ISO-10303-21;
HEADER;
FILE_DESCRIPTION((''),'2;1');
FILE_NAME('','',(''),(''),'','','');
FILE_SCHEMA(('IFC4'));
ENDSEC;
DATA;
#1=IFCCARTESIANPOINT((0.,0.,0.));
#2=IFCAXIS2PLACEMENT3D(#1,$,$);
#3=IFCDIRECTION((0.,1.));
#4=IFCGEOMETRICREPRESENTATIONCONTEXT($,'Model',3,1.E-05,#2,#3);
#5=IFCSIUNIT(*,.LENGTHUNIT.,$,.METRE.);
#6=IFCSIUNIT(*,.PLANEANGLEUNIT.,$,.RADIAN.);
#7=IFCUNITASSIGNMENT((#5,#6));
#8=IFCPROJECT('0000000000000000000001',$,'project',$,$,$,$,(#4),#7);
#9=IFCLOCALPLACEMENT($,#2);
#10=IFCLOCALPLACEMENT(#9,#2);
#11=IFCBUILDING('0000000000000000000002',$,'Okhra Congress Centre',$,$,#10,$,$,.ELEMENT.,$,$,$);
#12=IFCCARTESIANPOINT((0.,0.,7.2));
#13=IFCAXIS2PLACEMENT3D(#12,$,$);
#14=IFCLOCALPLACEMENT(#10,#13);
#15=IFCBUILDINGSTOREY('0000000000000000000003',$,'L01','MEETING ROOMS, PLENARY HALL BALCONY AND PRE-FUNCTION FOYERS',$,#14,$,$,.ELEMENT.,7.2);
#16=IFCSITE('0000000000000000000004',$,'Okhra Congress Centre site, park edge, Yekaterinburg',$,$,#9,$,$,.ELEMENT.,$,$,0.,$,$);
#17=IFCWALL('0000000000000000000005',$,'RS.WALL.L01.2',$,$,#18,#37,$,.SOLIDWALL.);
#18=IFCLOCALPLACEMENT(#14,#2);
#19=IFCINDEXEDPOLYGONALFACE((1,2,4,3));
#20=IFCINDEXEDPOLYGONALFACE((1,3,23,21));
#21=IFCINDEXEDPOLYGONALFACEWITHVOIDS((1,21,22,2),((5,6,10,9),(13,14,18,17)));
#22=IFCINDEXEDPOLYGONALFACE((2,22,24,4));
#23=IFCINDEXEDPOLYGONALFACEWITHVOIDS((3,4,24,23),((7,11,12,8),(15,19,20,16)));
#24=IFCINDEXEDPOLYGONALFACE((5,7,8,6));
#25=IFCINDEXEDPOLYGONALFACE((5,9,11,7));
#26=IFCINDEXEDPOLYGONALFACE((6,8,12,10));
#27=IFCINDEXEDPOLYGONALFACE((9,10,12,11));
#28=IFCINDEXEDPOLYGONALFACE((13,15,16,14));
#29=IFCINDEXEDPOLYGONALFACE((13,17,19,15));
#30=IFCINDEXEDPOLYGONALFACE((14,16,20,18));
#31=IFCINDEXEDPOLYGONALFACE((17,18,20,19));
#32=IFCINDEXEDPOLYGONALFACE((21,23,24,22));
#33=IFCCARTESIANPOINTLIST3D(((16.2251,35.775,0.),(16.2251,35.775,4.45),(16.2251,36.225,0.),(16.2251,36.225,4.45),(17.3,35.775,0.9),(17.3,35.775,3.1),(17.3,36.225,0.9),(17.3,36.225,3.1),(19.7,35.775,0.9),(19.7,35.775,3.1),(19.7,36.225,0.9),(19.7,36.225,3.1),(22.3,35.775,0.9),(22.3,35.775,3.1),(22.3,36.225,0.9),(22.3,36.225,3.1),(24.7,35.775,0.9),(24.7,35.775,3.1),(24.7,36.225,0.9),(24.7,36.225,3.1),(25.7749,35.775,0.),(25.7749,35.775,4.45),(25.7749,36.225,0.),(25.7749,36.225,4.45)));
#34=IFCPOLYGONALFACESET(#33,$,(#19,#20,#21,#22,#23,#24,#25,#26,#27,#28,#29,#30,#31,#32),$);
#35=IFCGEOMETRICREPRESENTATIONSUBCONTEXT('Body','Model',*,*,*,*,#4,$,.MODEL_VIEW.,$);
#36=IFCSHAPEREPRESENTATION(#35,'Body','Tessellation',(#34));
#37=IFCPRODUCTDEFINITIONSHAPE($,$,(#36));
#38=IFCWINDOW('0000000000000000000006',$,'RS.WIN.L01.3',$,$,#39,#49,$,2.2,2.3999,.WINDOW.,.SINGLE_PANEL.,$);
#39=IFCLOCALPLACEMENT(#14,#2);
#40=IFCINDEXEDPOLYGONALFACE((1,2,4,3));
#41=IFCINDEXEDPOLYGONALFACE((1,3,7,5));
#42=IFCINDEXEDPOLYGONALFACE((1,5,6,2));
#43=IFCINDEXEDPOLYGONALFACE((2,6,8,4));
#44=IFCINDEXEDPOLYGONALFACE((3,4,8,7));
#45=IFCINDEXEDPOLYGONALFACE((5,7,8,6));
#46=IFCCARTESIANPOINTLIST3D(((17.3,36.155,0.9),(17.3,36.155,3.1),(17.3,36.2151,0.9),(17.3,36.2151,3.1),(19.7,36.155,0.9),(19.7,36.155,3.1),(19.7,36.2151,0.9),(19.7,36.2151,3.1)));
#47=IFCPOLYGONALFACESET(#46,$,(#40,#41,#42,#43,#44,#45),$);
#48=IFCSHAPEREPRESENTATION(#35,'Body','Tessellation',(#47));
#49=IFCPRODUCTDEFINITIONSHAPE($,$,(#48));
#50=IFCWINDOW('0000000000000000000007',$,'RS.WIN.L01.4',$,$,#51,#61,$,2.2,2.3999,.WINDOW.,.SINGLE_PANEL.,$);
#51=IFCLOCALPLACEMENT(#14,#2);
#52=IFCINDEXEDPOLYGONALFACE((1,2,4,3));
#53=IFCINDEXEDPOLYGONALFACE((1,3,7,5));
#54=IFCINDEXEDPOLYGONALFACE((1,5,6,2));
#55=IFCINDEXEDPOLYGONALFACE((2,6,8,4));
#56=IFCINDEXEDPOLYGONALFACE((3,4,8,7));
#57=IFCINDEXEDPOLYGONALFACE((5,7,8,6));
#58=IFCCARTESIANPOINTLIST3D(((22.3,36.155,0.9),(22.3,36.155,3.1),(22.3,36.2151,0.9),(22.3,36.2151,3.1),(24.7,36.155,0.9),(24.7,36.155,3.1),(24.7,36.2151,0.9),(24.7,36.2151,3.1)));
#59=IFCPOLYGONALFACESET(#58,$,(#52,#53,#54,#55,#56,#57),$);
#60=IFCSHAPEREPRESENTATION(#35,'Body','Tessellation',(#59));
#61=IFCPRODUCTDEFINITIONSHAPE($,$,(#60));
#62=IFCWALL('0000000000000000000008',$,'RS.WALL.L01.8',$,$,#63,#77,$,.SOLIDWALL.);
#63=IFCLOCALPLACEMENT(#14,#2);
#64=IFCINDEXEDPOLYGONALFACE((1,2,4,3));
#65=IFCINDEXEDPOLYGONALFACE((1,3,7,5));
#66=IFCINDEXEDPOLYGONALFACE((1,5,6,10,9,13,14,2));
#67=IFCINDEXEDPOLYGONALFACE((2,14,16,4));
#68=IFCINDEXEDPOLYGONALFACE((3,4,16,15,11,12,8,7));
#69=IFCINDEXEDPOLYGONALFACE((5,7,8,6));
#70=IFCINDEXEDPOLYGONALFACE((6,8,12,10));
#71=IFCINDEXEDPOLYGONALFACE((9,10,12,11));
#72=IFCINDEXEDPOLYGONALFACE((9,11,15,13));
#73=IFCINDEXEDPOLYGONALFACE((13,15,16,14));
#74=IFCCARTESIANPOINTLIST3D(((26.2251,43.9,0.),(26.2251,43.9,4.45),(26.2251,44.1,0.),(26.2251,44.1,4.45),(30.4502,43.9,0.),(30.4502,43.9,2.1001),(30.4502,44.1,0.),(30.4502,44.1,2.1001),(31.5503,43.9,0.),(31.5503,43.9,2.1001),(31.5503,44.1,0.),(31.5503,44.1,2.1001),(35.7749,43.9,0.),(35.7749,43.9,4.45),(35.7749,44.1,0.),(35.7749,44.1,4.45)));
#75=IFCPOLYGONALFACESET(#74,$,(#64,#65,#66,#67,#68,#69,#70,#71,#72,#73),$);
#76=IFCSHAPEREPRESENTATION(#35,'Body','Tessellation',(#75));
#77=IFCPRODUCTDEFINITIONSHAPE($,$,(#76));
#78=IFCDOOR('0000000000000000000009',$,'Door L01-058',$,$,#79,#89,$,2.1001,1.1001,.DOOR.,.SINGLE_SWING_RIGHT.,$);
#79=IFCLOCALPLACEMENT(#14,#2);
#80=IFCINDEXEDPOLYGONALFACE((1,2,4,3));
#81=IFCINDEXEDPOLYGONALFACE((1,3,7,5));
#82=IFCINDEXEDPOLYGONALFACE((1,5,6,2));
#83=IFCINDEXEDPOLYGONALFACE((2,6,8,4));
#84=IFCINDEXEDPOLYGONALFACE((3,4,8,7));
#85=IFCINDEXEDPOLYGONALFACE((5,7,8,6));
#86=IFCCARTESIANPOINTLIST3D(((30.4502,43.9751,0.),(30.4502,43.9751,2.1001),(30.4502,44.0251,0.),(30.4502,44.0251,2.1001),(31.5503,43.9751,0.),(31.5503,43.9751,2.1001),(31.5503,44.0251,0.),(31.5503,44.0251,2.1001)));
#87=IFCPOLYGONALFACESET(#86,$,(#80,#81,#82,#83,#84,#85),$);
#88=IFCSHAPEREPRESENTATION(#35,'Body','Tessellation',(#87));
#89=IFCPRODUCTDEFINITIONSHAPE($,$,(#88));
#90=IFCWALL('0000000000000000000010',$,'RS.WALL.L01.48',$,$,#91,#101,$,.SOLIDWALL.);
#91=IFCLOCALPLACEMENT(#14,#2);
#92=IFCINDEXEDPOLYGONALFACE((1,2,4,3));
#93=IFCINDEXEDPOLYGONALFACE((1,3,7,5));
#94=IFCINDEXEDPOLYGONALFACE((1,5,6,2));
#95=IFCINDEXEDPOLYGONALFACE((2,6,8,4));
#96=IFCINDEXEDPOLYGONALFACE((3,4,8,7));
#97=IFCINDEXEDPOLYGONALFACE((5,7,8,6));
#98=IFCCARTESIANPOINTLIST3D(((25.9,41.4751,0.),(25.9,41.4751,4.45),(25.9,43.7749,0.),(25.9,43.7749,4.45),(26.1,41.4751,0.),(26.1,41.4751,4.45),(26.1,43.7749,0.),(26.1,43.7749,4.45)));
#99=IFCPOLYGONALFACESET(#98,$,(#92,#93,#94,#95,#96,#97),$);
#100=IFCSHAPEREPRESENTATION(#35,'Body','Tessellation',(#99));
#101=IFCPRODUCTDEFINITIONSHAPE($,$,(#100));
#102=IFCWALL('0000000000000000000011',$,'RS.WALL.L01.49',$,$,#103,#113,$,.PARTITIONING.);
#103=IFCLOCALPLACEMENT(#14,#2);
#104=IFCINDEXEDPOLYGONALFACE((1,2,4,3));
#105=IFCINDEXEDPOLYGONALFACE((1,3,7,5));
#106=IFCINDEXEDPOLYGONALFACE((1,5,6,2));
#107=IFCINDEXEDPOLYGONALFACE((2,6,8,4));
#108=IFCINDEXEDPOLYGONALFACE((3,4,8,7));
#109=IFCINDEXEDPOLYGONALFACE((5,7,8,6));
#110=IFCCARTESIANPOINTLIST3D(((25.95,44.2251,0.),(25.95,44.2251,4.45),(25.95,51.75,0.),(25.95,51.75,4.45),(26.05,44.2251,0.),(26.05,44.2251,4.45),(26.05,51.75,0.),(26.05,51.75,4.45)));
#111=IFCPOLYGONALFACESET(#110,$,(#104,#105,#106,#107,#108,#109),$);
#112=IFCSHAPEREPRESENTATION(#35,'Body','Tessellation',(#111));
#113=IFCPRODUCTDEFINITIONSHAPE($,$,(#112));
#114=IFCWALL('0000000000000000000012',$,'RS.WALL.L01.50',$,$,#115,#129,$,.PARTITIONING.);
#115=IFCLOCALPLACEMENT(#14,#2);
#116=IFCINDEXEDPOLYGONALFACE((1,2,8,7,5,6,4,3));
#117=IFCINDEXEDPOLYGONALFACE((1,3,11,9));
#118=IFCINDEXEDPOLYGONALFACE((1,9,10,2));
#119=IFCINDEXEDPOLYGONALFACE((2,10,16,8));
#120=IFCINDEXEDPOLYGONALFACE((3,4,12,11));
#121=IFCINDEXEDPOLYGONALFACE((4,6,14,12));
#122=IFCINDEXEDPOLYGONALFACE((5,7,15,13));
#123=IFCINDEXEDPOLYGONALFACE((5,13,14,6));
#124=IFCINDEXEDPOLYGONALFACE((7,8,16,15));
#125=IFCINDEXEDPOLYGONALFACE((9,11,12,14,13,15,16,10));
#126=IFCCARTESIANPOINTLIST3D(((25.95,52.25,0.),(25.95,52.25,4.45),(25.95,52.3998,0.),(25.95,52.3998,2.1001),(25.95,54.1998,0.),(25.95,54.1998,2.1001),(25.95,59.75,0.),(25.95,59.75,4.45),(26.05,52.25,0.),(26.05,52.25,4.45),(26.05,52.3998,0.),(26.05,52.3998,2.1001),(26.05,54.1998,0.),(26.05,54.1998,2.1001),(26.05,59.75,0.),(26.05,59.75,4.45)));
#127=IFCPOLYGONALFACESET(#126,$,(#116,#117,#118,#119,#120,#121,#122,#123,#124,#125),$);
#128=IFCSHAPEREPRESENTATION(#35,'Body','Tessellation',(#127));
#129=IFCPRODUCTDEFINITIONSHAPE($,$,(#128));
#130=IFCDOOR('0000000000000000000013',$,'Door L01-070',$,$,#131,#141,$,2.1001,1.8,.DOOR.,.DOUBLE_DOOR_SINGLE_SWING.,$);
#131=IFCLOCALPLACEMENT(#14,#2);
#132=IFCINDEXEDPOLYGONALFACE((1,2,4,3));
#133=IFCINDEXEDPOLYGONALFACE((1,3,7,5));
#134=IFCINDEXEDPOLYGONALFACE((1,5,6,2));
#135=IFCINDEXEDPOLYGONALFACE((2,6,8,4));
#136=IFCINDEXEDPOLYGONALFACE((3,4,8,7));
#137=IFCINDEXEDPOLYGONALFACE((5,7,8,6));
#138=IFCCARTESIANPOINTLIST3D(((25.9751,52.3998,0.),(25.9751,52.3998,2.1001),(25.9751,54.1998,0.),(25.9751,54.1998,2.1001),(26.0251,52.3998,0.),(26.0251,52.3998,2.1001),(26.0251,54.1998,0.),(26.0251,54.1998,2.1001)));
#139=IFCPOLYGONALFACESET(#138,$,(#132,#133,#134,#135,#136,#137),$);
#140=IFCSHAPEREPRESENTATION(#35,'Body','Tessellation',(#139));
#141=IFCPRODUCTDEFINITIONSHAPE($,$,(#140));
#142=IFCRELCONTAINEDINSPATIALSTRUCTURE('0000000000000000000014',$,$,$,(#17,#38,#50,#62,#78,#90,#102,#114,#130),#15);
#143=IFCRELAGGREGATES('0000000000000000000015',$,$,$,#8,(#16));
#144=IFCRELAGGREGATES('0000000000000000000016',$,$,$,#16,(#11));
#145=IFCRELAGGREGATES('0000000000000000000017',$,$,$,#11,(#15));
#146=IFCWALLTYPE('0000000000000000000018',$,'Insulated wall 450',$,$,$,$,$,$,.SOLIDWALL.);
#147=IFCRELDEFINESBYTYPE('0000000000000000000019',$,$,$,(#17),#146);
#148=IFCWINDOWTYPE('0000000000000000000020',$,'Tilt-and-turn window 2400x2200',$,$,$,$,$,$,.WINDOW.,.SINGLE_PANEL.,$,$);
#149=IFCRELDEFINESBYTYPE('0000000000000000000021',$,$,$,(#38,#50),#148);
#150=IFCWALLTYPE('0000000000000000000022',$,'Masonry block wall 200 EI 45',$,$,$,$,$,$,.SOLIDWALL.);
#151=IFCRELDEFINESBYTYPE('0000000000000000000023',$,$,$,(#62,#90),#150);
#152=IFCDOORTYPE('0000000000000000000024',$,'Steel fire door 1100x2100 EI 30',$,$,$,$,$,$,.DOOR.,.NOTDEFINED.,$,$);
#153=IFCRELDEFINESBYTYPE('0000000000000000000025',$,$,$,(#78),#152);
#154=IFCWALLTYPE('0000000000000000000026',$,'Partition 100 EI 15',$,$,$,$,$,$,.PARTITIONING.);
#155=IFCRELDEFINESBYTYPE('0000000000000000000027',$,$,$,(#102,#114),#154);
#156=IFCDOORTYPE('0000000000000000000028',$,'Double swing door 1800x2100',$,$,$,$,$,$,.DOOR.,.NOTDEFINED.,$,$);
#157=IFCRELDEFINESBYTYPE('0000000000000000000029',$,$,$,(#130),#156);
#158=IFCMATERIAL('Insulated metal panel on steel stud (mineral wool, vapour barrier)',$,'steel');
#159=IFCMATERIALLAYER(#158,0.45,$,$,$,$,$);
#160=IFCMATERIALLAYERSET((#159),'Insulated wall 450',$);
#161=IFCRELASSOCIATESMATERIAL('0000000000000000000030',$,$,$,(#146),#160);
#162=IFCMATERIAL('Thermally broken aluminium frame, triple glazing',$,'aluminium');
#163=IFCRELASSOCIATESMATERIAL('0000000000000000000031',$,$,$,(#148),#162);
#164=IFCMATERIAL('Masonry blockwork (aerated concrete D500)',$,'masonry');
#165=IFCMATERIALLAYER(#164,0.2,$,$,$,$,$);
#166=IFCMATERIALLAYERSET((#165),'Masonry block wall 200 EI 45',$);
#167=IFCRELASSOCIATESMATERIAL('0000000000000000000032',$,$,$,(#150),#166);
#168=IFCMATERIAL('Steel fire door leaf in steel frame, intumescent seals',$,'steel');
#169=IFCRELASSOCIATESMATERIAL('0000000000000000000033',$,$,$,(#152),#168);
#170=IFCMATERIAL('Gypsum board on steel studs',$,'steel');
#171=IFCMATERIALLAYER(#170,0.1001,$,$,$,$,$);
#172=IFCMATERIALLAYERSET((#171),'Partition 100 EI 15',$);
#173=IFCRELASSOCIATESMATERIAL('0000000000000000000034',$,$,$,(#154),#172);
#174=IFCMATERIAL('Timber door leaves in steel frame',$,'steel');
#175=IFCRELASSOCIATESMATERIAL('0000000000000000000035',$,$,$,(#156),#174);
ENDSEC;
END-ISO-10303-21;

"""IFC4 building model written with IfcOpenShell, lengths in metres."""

from ifc_helpers import new_model, si_unit, direction, frame, frame_2d, origin, place, context, subcontext, project, spatial, rectangle, extrude, material, layer, layer_set, type_object, element, fill, save


model = new_model("IFC4")

# Units and contexts
model_context = context("Model", 3, precision=1e-05, world=origin(), true_north=direction((0.0, 1.0)))
body_context = subcontext(model_context, "Body", "Model", "MODEL_VIEW")
ifc_project = project(units=[si_unit("LENGTHUNIT", "METRE"), si_unit("PLANEANGLEUNIT", "RADIAN")], contexts=[model_context])

# Site, building, storey
site_placement = place(None, origin())
site = spatial("IfcSite", under=ifc_project, at=site_placement, Name="Okhra Congress Centre site, park edge, Yekaterinburg", CompositionType="ELEMENT", RefElevation=0.0)
building_placement = place(site_placement, origin())
building = spatial("IfcBuilding", under=site, at=building_placement, Name="Okhra Congress Centre", CompositionType="ELEMENT")
storey_placement = place(building_placement, frame((0.0, 0.0, 7.2)))
storey = spatial("IfcBuildingStorey", under=building, at=storey_placement, Name="L01", Description="MEETING ROOMS, PLENARY HALL BALCONY AND PRE-FUNCTION FOYERS", CompositionType="ELEMENT", Elevation=7.2)

# Wall, openings, windows
ifc_material_1 = material(Name="Insulated metal panel on steel stud (mineral wool, vapour barrier)", Category="steel")
ifc_layer_1 = layer(ifc_material_1, 0.45)
ifc_layer_set_1 = layer_set([ifc_layer_1], Name="Insulated wall 450")
wall_type_1 = type_object("IfcWallType", Name="Insulated wall 450", PredefinedType="SOLIDWALL", material=ifc_layer_set_1)
wall_1_placement = place(storey_placement, frame((16.2251, 36.0, 0.0), z_axis=(0.0, 0.0, 1.0), x_axis=(1.0, 0.0, 0.0)))
wall_1 = element("IfcWall", 1, at=wall_1_placement, inside=storey, type_object=wall_type_1, Name="RS.WALL.L01.2", PredefinedType="SOLIDWALL", context=body_context, shape_type="SweptSolid", body=[
    extrude(rectangle(XDim=9.5498, YDim=0.45, at=frame_2d((4.7749, 0.0))), origin(), (0.0, 0.0, 1.0), 4.45),
])
opening_1_placement = place(wall_1_placement, frame((1.075, 0.0, 0.8999)))
opening_1 = element("IfcOpeningElement", 2, at=opening_1_placement, cuts=wall_1, PredefinedType="OPENING", context=body_context, shape_type="SweptSolid", body=[
    extrude(rectangle(XDim=2.3999, YDim=2.2, at=frame_2d((1.2, 1.1001))), frame((0.0, 0.2349, 0.0), z_axis=(0.0, -1.0, 0.0), x_axis=(1.0, 0.0, 0.0)), (0.0, 0.0, 1.0), 0.47),
])
opening_2_placement = place(wall_1_placement, frame((6.075, 0.0, 0.8999)))
opening_2 = element("IfcOpeningElement", 3, at=opening_2_placement, cuts=wall_1, PredefinedType="OPENING", context=body_context, shape_type="SweptSolid", body=[
    extrude(rectangle(XDim=2.3999, YDim=2.2, at=frame_2d((1.2, 1.1001))), frame((0.0, 0.2349, 0.0), z_axis=(0.0, -1.0, 0.0), x_axis=(1.0, 0.0, 0.0)), (0.0, 0.0, 1.0), 0.47),
])
ifc_material_2 = material(Name="Thermally broken aluminium frame, triple glazing", Category="aluminium")
window_type = type_object("IfcWindowType", Name="Tilt-and-turn window 2400x2200", PartitioningType="SINGLE_PANEL", PredefinedType="WINDOW", material=ifc_material_2)
window_1_placement = place(opening_1_placement, origin())
window_1 = element("IfcWindow", 4, at=window_1_placement, inside=storey, type_object=window_type, Name="RS.WIN.L01.3", OverallHeight=2.2, OverallWidth=2.3999, PartitioningType="SINGLE_PANEL", PredefinedType="WINDOW", context=body_context, shape_type="SweptSolid", body=[
    extrude(rectangle(XDim=2.3999, YDim=2.2, at=frame_2d((1.2, 1.1001))), frame((0.0, 0.2151, 0.0), z_axis=(0.0, -1.0, 0.0), x_axis=(1.0, 0.0, 0.0)), (0.0, 0.0, 1.0), 0.0601),
])
fill(opening_1, window_1)
window_2_placement = place(opening_2_placement, origin())
window_2 = element("IfcWindow", 5, at=window_2_placement, inside=storey, type_object=window_type, Name="RS.WIN.L01.4", OverallHeight=2.2, OverallWidth=2.3999, PartitioningType="SINGLE_PANEL", PredefinedType="WINDOW", context=body_context, shape_type="SweptSolid", body=[
    extrude(rectangle(XDim=2.3999, YDim=2.2, at=frame_2d((1.2, 1.1001))), frame((0.0, 0.2151, 0.0), z_axis=(0.0, -1.0, 0.0), x_axis=(1.0, 0.0, 0.0)), (0.0, 0.0, 1.0), 0.0601),
])
fill(opening_2, window_2)

# Wall, opening, door
ifc_material_3 = material(Name="Masonry blockwork (aerated concrete D500)", Category="masonry")
ifc_layer_2 = layer(ifc_material_3, 0.2)
ifc_layer_set_2 = layer_set([ifc_layer_2], Name="Masonry block wall 200 EI 45")
wall_type_2 = type_object("IfcWallType", Name="Masonry block wall 200 EI 45", PredefinedType="SOLIDWALL", material=ifc_layer_set_2)
wall_2_placement = place(storey_placement, frame((26.2251, 44.0, 0.0), z_axis=(0.0, 0.0, 1.0), x_axis=(1.0, 0.0, 0.0)))
wall_2 = element("IfcWall", 6, at=wall_2_placement, inside=storey, type_object=wall_type_2, Name="RS.WALL.L01.8", PredefinedType="SOLIDWALL", context=body_context, shape_type="SweptSolid", body=[
    extrude(rectangle(XDim=9.5498, YDim=0.2, at=frame_2d((4.7749, 0.0))), origin(), (0.0, 0.0, 1.0), 4.45),
])
opening_3_placement = place(wall_2_placement, frame((4.2251, 0.0, 0.0)))
opening_3 = element("IfcOpeningElement", 7, at=opening_3_placement, cuts=wall_2, PredefinedType="OPENING", context=body_context, shape_type="SweptSolid", body=[
    extrude(rectangle(XDim=1.1001, YDim=2.1001, at=frame_2d((0.55, 1.05))), frame((0.0, 0.1099, 0.0), z_axis=(0.0, -1.0, 0.0), x_axis=(1.0, 0.0, 0.0)), (0.0, 0.0, 1.0), 0.22),
])
ifc_material_4 = material(Name="Steel fire door leaf in steel frame, intumescent seals", Category="steel")
door_type_1 = type_object("IfcDoorType", Name="Steel fire door 1100x2100 EI 30", OperationType="NOTDEFINED", PredefinedType="DOOR", material=ifc_material_4)
door_1_placement = place(opening_3_placement, frame((1.1001, 0.0, 0.0), z_axis=(0.0, 0.0, 1.0), x_axis=(-1.0, 0.0, 0.0)))
door_1 = element("IfcDoor", 8, at=door_1_placement, inside=storey, type_object=door_type_1, Name="Door L01-058", OperationType="SINGLE_SWING_RIGHT", OverallHeight=2.1001, OverallWidth=1.1001, PredefinedType="DOOR", context=body_context, shape_type="SweptSolid", body=[
    extrude(rectangle(XDim=1.1001, YDim=2.1001, at=frame_2d((0.55, 1.05))), frame((0.0, 0.0249, 0.0), z_axis=(0.0, -1.0, 0.0), x_axis=(1.0, 0.0, 0.0)), (0.0, 0.0, 1.0), 0.05),
])
fill(opening_3, door_1)

# Walls
wall_3_placement = place(storey_placement, frame((26.0, 41.4751, 0.0), z_axis=(0.0, 0.0, 1.0), x_axis=(0.0, 1.0, 0.0)))
element("IfcWall", 9, at=wall_3_placement, inside=storey, type_object=wall_type_2, Name="RS.WALL.L01.48", PredefinedType="SOLIDWALL", context=body_context, shape_type="SweptSolid", body=[
    extrude(rectangle(XDim=2.2998, YDim=0.2, at=frame_2d((1.1499, 0.0))), origin(), (0.0, 0.0, 1.0), 4.45),
])
ifc_material_5 = material(Name="Gypsum board on steel studs", Category="steel")
ifc_layer_3 = layer(ifc_material_5, 0.1001)
ifc_layer_set_3 = layer_set([ifc_layer_3], Name="Partition 100 EI 15")
wall_type_3 = type_object("IfcWallType", Name="Partition 100 EI 15", PredefinedType="PARTITIONING", material=ifc_layer_set_3)
wall_4_placement = place(storey_placement, frame((26.0, 44.2251, 0.0), z_axis=(0.0, 0.0, 1.0), x_axis=(0.0, 1.0, 0.0)))
element("IfcWall", 10, at=wall_4_placement, inside=storey, type_object=wall_type_3, Name="RS.WALL.L01.49", PredefinedType="PARTITIONING", context=body_context, shape_type="SweptSolid", body=[
    extrude(rectangle(XDim=7.5249, YDim=0.1001, at=frame_2d((3.7625, 0.0))), origin(), (0.0, 0.0, 1.0), 4.45),
])

# Wall, opening, door
wall_5_placement = place(storey_placement, frame((26.0, 52.25, 0.0), z_axis=(0.0, 0.0, 1.0), x_axis=(0.0, 1.0, 0.0)))
wall_5 = element("IfcWall", 11, at=wall_5_placement, inside=storey, type_object=wall_type_3, Name="RS.WALL.L01.50", PredefinedType="PARTITIONING", context=body_context, shape_type="SweptSolid", body=[
    extrude(rectangle(XDim=7.5, YDim=0.1001, at=frame_2d((3.75, 0.0))), origin(), (0.0, 0.0, 1.0), 4.45),
])
opening_4_placement = place(wall_5_placement, frame((0.1499, 0.0, 0.0)))
opening_4 = element("IfcOpeningElement", 12, at=opening_4_placement, cuts=wall_5, PredefinedType="OPENING", context=body_context, shape_type="SweptSolid", body=[
    extrude(rectangle(XDim=1.8, YDim=2.1001, at=frame_2d((0.8999, 1.05))), frame((0.0, 0.0601, 0.0), z_axis=(0.0, -1.0, 0.0), x_axis=(1.0, 0.0, 0.0)), (0.0, 0.0, 1.0), 0.1201),
])
ifc_material_6 = material(Name="Timber door leaves in steel frame", Category="steel")
door_type_2 = type_object("IfcDoorType", Name="Double swing door 1800x2100", OperationType="NOTDEFINED", PredefinedType="DOOR", material=ifc_material_6)
door_2_placement = place(opening_4_placement, origin())
door_2 = element("IfcDoor", 13, at=door_2_placement, inside=storey, type_object=door_type_2, Name="Door L01-070", OperationType="DOUBLE_DOOR_SINGLE_SWING", OverallHeight=2.1001, OverallWidth=1.8, PredefinedType="DOOR", context=body_context, shape_type="SweptSolid", body=[
    extrude(rectangle(XDim=1.8, YDim=2.1001, at=frame_2d((0.8999, 1.05))), frame((0.0, 0.0249, 0.0), z_axis=(0.0, -1.0, 0.0), x_axis=(1.0, 0.0, 0.0)), (0.0, 0.0, 1.0), 0.05),
])
fill(opening_4, door_2)

save(model, "model.ifc")
